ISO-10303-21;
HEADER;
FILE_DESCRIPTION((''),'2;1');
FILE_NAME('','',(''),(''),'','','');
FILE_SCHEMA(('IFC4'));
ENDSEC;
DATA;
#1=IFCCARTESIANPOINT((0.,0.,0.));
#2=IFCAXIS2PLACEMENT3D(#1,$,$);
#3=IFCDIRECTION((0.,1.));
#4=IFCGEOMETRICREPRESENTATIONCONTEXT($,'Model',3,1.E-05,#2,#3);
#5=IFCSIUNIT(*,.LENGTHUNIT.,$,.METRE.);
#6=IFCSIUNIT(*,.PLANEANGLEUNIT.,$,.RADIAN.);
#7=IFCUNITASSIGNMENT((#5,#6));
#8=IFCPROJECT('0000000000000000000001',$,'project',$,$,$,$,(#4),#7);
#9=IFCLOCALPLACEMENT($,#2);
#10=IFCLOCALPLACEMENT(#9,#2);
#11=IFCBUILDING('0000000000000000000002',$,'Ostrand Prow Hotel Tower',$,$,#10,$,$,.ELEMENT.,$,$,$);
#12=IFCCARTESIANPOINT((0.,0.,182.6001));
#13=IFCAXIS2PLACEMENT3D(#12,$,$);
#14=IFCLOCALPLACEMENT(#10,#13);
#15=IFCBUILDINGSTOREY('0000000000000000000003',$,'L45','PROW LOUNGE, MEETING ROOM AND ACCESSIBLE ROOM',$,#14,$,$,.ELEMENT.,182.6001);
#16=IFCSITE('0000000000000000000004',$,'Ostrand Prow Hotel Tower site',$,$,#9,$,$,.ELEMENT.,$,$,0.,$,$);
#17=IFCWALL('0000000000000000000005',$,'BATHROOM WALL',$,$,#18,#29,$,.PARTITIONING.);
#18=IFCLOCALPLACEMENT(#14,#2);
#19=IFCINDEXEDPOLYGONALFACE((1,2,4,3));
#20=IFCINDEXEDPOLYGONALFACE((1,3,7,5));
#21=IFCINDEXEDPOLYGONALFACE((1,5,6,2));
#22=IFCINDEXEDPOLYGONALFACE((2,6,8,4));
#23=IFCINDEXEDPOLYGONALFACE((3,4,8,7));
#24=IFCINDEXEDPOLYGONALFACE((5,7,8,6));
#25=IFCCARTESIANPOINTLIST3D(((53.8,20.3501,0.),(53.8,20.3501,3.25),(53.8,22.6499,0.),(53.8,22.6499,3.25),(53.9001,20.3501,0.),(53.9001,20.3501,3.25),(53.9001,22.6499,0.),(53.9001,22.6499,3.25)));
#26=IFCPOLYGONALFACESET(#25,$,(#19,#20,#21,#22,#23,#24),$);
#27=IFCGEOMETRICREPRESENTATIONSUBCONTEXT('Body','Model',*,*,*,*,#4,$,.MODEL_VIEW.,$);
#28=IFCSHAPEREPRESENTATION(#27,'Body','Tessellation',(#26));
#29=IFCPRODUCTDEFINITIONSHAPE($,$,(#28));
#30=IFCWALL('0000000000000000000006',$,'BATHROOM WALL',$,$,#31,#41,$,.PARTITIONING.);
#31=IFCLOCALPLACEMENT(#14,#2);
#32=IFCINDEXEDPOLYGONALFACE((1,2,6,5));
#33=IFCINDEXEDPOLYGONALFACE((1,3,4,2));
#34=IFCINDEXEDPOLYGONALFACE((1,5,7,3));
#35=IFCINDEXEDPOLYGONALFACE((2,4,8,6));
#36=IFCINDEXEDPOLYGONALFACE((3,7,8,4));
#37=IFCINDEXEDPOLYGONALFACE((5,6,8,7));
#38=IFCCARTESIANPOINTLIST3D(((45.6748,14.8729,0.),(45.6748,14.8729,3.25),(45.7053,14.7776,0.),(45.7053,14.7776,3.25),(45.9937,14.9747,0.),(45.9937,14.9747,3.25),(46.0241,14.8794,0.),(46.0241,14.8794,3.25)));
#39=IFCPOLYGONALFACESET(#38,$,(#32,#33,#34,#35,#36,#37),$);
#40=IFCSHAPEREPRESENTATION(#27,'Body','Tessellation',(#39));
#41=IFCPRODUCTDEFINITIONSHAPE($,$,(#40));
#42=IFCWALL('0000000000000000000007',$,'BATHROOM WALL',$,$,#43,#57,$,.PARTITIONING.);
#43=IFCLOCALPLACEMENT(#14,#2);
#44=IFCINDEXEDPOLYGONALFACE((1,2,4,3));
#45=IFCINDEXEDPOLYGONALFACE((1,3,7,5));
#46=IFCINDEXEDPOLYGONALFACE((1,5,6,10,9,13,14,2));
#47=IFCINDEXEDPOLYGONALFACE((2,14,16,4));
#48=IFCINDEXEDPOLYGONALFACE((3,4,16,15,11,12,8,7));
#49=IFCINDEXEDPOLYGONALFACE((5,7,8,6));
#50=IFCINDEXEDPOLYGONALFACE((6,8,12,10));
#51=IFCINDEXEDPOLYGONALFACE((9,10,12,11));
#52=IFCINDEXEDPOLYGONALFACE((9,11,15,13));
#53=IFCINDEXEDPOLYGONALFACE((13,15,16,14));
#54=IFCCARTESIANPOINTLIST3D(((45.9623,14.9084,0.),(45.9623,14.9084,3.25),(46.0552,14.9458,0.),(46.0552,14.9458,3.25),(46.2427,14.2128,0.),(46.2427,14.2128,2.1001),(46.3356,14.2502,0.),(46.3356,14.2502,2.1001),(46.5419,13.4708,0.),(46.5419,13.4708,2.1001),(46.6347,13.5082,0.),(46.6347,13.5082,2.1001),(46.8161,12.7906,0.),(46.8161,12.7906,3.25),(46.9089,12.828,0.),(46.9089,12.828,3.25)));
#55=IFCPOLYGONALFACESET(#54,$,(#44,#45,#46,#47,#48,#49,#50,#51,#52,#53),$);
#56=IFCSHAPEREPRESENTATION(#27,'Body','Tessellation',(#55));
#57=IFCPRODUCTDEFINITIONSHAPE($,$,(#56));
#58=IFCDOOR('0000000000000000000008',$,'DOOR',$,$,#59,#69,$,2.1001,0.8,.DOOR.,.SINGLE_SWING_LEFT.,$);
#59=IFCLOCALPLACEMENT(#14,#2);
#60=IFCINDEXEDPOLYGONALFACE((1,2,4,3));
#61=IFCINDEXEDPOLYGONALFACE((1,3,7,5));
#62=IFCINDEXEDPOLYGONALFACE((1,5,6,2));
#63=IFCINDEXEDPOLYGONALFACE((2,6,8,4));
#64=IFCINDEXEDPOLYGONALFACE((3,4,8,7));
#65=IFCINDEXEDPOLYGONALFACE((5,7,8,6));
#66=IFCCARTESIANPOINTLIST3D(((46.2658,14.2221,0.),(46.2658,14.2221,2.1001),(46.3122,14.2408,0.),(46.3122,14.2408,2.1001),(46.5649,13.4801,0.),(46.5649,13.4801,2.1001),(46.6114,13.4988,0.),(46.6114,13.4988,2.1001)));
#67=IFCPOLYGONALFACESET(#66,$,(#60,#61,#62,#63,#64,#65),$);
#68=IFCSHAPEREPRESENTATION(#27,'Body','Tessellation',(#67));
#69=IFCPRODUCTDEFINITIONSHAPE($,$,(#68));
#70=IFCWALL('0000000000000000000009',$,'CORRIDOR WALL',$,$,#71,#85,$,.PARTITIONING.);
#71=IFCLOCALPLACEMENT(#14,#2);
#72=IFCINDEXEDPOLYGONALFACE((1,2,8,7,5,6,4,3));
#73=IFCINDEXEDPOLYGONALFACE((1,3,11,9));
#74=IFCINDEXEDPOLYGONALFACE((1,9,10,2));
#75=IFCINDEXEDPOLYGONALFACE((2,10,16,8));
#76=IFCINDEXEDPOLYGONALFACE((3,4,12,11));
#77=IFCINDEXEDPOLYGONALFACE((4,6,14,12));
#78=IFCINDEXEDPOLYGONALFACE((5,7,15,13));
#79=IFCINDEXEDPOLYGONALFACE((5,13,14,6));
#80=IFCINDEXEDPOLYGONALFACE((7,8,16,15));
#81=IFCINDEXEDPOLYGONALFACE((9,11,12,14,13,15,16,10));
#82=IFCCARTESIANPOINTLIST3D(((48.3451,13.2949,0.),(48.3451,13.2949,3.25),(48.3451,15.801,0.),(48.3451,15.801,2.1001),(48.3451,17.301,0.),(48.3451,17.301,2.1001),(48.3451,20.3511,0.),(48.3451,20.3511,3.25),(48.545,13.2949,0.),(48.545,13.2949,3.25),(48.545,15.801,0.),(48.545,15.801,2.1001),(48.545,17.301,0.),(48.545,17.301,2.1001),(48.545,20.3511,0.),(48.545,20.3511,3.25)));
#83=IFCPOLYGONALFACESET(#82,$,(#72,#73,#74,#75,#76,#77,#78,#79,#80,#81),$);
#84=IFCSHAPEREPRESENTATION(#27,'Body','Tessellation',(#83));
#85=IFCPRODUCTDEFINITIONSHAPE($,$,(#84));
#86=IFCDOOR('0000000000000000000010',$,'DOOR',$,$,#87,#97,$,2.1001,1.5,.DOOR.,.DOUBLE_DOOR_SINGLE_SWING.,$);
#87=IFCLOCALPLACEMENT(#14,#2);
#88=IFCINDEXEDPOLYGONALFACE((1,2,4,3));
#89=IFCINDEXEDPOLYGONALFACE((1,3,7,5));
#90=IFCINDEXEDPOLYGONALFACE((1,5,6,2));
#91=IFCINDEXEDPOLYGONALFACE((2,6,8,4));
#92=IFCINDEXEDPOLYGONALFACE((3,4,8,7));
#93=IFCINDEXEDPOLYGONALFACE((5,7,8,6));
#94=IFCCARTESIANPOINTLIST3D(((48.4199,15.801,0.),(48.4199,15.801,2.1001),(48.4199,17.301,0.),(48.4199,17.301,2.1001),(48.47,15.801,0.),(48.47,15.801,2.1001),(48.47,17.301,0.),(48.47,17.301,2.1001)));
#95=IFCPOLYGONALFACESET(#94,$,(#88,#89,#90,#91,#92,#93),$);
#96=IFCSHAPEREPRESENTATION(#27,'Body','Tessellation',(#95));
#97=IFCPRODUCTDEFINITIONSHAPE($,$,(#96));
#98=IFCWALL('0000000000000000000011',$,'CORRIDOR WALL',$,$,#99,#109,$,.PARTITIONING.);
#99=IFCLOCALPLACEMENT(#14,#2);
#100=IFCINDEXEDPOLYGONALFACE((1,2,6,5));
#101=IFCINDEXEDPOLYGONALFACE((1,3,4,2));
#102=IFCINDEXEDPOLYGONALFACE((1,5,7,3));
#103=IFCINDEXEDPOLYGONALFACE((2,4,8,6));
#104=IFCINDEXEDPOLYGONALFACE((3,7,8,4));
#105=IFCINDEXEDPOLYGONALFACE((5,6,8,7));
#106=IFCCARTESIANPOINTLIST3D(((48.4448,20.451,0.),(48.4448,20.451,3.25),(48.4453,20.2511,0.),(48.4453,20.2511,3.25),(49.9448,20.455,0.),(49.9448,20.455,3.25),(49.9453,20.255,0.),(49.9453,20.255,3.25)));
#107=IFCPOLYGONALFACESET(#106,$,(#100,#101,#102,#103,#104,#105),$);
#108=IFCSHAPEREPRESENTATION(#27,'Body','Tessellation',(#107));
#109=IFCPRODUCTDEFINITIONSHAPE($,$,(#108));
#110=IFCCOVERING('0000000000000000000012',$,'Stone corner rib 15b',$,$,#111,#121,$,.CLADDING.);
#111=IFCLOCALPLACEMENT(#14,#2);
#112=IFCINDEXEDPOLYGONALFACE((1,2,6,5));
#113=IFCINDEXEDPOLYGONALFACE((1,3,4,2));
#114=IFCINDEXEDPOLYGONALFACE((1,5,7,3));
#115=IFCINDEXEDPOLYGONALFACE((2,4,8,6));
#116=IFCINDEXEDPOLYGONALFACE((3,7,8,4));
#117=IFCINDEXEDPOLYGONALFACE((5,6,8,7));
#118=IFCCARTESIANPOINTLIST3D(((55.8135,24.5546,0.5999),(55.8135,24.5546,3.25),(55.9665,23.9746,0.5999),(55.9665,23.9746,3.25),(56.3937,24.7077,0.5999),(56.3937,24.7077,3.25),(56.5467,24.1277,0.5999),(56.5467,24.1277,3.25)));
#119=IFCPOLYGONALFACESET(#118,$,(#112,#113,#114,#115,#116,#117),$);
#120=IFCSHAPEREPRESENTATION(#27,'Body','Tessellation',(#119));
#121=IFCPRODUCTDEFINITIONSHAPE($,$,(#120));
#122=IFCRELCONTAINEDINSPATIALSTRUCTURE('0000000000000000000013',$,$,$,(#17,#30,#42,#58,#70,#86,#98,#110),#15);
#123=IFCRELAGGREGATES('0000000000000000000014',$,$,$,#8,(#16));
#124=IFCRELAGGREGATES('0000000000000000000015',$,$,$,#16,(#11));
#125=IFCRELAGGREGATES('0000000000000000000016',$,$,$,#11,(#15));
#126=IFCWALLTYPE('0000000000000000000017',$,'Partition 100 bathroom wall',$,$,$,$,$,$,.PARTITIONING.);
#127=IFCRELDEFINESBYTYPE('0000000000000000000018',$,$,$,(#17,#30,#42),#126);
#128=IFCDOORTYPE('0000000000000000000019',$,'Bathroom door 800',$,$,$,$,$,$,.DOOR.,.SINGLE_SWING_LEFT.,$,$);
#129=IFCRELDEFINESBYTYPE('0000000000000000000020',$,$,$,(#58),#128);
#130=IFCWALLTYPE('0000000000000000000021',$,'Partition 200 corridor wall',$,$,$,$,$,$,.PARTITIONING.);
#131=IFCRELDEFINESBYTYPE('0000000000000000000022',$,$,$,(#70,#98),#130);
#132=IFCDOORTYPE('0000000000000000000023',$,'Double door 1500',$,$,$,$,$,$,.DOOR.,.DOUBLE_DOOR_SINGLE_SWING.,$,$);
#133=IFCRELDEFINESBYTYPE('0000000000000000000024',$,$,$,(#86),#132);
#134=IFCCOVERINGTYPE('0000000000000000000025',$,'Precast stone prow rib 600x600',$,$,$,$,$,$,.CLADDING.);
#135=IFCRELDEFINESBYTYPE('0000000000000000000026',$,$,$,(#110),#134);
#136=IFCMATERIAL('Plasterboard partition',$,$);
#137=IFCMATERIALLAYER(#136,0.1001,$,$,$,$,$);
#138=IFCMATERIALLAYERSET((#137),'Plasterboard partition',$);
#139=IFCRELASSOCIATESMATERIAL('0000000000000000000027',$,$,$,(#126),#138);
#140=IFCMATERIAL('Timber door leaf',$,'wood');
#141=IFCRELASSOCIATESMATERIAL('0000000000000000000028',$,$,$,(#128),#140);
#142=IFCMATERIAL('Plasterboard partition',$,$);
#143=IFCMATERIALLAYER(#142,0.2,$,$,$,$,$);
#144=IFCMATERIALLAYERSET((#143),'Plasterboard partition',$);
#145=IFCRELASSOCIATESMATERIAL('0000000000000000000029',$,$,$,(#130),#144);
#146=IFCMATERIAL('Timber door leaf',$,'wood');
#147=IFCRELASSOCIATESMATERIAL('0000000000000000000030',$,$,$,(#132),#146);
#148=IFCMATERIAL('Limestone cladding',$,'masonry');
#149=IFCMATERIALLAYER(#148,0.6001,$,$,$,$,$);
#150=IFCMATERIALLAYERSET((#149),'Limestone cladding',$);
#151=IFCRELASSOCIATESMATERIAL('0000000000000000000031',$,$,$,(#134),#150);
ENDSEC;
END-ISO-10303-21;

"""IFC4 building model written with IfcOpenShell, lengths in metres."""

from ifc_helpers import new_model, si_unit, direction, frame, frame_2d, origin, place, context, subcontext, project, spatial, rectangle, extrude, material, layer, layer_set, type_object, element, fill, save


model = new_model("IFC4")

# Units and contexts
model_context = context("Model", 3, precision=1e-05, world=origin(), true_north=direction((0.0, 1.0)))
body_context = subcontext(model_context, "Body", "Model", "MODEL_VIEW")
ifc_project = project(units=[si_unit("LENGTHUNIT", "METRE"), si_unit("PLANEANGLEUNIT", "RADIAN")], contexts=[model_context])

# Site, building, storey
site_placement = place(None, origin())
site = spatial("IfcSite", under=ifc_project, at=site_placement, Name="Ostrand Prow Hotel Tower site", CompositionType="ELEMENT", RefElevation=0.0)
building_placement = place(site_placement, origin())
building = spatial("IfcBuilding", under=site, at=building_placement, Name="Ostrand Prow Hotel Tower", CompositionType="ELEMENT")
storey_placement = place(building_placement, frame((0.0, 0.0, 182.6001)))
storey = spatial("IfcBuildingStorey", under=building, at=storey_placement, Name="L45", Description="PROW LOUNGE, MEETING ROOM AND ACCESSIBLE ROOM", CompositionType="ELEMENT", Elevation=182.6001)

# Shared definitions
ifc_material_1 = material(Name="Plasterboard partition")
ifc_layer_1 = layer(ifc_material_1, 0.1001)
ifc_layer_set_1 = layer_set([ifc_layer_1], Name="Plasterboard partition")
wall_type_1 = type_object("IfcWallType", Name="Partition 100 bathroom wall", PredefinedType="PARTITIONING", material=ifc_layer_set_1)
ifc_material_2 = material(Name="Timber door leaf", Category="wood")
door_type_1 = type_object("IfcDoorType", Name="Bathroom door 800", OperationType="SINGLE_SWING_LEFT", PredefinedType="DOOR", material=ifc_material_2)

# Walls
wall_1_placement = place(storey_placement, frame((53.8501, 20.3501, 0.0), z_axis=(0.0, 0.0, 1.0), x_axis=(0.0, 1.0, 0.0)))
element("IfcWall", 1, at=wall_1_placement, inside=storey, type_object=wall_type_1, Name="BATHROOM WALL", PredefinedType="PARTITIONING", context=body_context, shape_type="SweptSolid", body=[
    extrude(rectangle(XDim=2.2998, YDim=0.1001, at=frame_2d((1.1499, 0.0))), origin(), (0.0, 0.0, 1.0), 3.25),
])
wall_2_placement = place(storey_placement, frame((45.6899, 14.8252, 0.0), z_axis=(0.0, 0.0, 1.0), x_axis=(0.952619, 0.304167, 0.0)))
element("IfcWall", 2, at=wall_2_placement, inside=storey, type_object=wall_type_1, Name="BATHROOM WALL", PredefinedType="PARTITIONING", context=body_context, shape_type="SweptSolid", body=[
    extrude(rectangle(XDim=0.3347, YDim=0.1001, at=frame_2d((0.1675, 0.0))), origin(), (0.0, 0.0, 1.0), 3.25),
])

# Walls, openings, doors
wall_3_placement = place(storey_placement, frame((46.0088, 14.927, 0.0), z_axis=(0.0, 0.0, 1.0), x_axis=(0.373878, -0.927478, 0.0)))
wall_3 = element("IfcWall", 3, at=wall_3_placement, inside=storey, type_object=wall_type_1, Name="BATHROOM WALL", PredefinedType="PARTITIONING", context=body_context, shape_type="SweptSolid", body=[
    extrude(rectangle(XDim=2.2834, YDim=0.1001, at=frame_2d((1.1416, 0.0))), origin(), (0.0, 0.0, 1.0), 3.25),
])
opening_1_placement = place(wall_3_placement, frame((0.75, 0.0, 0.0)))
opening_1 = element("IfcOpeningElement", 4, at=opening_1_placement, cuts=wall_3, PredefinedType="OPENING", context=body_context, shape_type="SweptSolid", body=[
    extrude(rectangle(XDim=0.8, YDim=2.1001, at=frame_2d((0.3999, 1.05))), frame((0.0, 0.0601, 0.0), z_axis=(0.0, -1.0, 0.0), x_axis=(1.0, 0.0, 0.0)), (0.0, 0.0, 1.0), 0.1201),
])
door_1_placement = place(opening_1_placement, origin())
door_1 = element("IfcDoor", 5, at=door_1_placement, inside=storey, type_object=door_type_1, Name="DOOR", OperationType="SINGLE_SWING_LEFT", OverallHeight=2.1001, OverallWidth=0.8, PredefinedType="DOOR", context=body_context, shape_type="SweptSolid", body=[
    extrude(rectangle(XDim=0.8, YDim=2.1001, at=frame_2d((0.3999, 1.05))), frame((0.0, 0.0249, 0.0), z_axis=(0.0, -1.0, 0.0), x_axis=(1.0, 0.0, 0.0)), (0.0, 0.0, 1.0), 0.05),
])
fill(opening_1, door_1)
ifc_material_3 = material(Name="Plasterboard partition")
ifc_layer_2 = layer(ifc_material_3, 0.2)
ifc_layer_set_2 = layer_set([ifc_layer_2], Name="Plasterboard partition")
wall_type_2 = type_object("IfcWallType", Name="Partition 200 corridor wall", PredefinedType="PARTITIONING", material=ifc_layer_set_2)
wall_4_placement = place(storey_placement, frame((48.4451, 20.3511, 0.0), z_axis=(0.0, 0.0, 1.0), x_axis=(0.0, -1.0, 0.0)))
wall_4 = element("IfcWall", 6, at=wall_4_placement, inside=storey, type_object=wall_type_2, Name="CORRIDOR WALL", PredefinedType="PARTITIONING", context=body_context, shape_type="SweptSolid", body=[
    extrude(rectangle(XDim=7.0562, YDim=0.2, at=frame_2d((3.5281, 0.0))), origin(), (0.0, 0.0, 1.0), 3.25),
])
opening_2_placement = place(wall_4_placement, frame((3.05, 0.0, 0.0)))
opening_2 = element("IfcOpeningElement", 7, at=opening_2_placement, cuts=wall_4, PredefinedType="OPENING", context=body_context, shape_type="SweptSolid", body=[
    extrude(rectangle(XDim=1.5, YDim=2.1001, at=frame_2d((0.75, 1.05))), frame((0.0, 0.1099, 0.0), z_axis=(0.0, -1.0, 0.0), x_axis=(1.0, 0.0, 0.0)), (0.0, 0.0, 1.0), 0.22),
])
ifc_material_4 = material(Name="Timber door leaf", Category="wood")
door_type_2 = type_object("IfcDoorType", Name="Double door 1500", OperationType="DOUBLE_DOOR_SINGLE_SWING", PredefinedType="DOOR", material=ifc_material_4)
door_2_placement = place(opening_2_placement, origin())
door_2 = element("IfcDoor", 8, at=door_2_placement, inside=storey, type_object=door_type_2, Name="DOOR", OperationType="DOUBLE_DOOR_SINGLE_SWING", OverallHeight=2.1001, OverallWidth=1.5, PredefinedType="DOOR", context=body_context, shape_type="SweptSolid", body=[
    extrude(rectangle(XDim=1.5, YDim=2.1001, at=frame_2d((0.75, 1.05))), frame((0.0, 0.0249, 0.0), z_axis=(0.0, -1.0, 0.0), x_axis=(1.0, 0.0, 0.0)), (0.0, 0.0, 1.0), 0.05),
])
fill(opening_2, door_2)

# Wall
wall_5_placement = place(storey_placement, frame((49.9451, 20.355, 0.0), z_axis=(0.0, 0.0, 1.0), x_axis=(-0.999997, -0.002604, 0.0)))
element("IfcWall", 9, at=wall_5_placement, inside=storey, type_object=wall_type_2, Name="CORRIDOR WALL", PredefinedType="PARTITIONING", context=body_context, shape_type="SweptSolid", body=[
    extrude(rectangle(XDim=1.5, YDim=0.2, at=frame_2d((0.75, 0.0))), origin(), (0.0, 0.0, 1.0), 3.25),
])

# Covering
ifc_material_5 = material(Name="Limestone cladding", Category="masonry")
ifc_layer_3 = layer(ifc_material_5, 0.6001)
ifc_layer_set_3 = layer_set([ifc_layer_3], Name="Limestone cladding")
covering_type = type_object("IfcCoveringType", Name="Precast stone prow rib 600x600", PredefinedType="CLADDING", material=ifc_layer_set_3)
covering_placement = place(storey_placement, frame((56.2566, 24.0513, 0.5999), z_axis=(0.0, 0.0, 1.0), x_axis=(-0.255154, 0.9669, 0.0)))
element("IfcCovering", 10, at=covering_placement, inside=storey, type_object=covering_type, Name="Stone corner rib 15b", PredefinedType="CLADDING", context=body_context, shape_type="SweptSolid", body=[
    extrude(rectangle(XDim=0.5999, YDim=0.6001, at=frame_2d((0.2998, 0.0))), origin(), (0.0, 0.0, 1.0), 2.6501),
])

save(model, "model.ifc")
